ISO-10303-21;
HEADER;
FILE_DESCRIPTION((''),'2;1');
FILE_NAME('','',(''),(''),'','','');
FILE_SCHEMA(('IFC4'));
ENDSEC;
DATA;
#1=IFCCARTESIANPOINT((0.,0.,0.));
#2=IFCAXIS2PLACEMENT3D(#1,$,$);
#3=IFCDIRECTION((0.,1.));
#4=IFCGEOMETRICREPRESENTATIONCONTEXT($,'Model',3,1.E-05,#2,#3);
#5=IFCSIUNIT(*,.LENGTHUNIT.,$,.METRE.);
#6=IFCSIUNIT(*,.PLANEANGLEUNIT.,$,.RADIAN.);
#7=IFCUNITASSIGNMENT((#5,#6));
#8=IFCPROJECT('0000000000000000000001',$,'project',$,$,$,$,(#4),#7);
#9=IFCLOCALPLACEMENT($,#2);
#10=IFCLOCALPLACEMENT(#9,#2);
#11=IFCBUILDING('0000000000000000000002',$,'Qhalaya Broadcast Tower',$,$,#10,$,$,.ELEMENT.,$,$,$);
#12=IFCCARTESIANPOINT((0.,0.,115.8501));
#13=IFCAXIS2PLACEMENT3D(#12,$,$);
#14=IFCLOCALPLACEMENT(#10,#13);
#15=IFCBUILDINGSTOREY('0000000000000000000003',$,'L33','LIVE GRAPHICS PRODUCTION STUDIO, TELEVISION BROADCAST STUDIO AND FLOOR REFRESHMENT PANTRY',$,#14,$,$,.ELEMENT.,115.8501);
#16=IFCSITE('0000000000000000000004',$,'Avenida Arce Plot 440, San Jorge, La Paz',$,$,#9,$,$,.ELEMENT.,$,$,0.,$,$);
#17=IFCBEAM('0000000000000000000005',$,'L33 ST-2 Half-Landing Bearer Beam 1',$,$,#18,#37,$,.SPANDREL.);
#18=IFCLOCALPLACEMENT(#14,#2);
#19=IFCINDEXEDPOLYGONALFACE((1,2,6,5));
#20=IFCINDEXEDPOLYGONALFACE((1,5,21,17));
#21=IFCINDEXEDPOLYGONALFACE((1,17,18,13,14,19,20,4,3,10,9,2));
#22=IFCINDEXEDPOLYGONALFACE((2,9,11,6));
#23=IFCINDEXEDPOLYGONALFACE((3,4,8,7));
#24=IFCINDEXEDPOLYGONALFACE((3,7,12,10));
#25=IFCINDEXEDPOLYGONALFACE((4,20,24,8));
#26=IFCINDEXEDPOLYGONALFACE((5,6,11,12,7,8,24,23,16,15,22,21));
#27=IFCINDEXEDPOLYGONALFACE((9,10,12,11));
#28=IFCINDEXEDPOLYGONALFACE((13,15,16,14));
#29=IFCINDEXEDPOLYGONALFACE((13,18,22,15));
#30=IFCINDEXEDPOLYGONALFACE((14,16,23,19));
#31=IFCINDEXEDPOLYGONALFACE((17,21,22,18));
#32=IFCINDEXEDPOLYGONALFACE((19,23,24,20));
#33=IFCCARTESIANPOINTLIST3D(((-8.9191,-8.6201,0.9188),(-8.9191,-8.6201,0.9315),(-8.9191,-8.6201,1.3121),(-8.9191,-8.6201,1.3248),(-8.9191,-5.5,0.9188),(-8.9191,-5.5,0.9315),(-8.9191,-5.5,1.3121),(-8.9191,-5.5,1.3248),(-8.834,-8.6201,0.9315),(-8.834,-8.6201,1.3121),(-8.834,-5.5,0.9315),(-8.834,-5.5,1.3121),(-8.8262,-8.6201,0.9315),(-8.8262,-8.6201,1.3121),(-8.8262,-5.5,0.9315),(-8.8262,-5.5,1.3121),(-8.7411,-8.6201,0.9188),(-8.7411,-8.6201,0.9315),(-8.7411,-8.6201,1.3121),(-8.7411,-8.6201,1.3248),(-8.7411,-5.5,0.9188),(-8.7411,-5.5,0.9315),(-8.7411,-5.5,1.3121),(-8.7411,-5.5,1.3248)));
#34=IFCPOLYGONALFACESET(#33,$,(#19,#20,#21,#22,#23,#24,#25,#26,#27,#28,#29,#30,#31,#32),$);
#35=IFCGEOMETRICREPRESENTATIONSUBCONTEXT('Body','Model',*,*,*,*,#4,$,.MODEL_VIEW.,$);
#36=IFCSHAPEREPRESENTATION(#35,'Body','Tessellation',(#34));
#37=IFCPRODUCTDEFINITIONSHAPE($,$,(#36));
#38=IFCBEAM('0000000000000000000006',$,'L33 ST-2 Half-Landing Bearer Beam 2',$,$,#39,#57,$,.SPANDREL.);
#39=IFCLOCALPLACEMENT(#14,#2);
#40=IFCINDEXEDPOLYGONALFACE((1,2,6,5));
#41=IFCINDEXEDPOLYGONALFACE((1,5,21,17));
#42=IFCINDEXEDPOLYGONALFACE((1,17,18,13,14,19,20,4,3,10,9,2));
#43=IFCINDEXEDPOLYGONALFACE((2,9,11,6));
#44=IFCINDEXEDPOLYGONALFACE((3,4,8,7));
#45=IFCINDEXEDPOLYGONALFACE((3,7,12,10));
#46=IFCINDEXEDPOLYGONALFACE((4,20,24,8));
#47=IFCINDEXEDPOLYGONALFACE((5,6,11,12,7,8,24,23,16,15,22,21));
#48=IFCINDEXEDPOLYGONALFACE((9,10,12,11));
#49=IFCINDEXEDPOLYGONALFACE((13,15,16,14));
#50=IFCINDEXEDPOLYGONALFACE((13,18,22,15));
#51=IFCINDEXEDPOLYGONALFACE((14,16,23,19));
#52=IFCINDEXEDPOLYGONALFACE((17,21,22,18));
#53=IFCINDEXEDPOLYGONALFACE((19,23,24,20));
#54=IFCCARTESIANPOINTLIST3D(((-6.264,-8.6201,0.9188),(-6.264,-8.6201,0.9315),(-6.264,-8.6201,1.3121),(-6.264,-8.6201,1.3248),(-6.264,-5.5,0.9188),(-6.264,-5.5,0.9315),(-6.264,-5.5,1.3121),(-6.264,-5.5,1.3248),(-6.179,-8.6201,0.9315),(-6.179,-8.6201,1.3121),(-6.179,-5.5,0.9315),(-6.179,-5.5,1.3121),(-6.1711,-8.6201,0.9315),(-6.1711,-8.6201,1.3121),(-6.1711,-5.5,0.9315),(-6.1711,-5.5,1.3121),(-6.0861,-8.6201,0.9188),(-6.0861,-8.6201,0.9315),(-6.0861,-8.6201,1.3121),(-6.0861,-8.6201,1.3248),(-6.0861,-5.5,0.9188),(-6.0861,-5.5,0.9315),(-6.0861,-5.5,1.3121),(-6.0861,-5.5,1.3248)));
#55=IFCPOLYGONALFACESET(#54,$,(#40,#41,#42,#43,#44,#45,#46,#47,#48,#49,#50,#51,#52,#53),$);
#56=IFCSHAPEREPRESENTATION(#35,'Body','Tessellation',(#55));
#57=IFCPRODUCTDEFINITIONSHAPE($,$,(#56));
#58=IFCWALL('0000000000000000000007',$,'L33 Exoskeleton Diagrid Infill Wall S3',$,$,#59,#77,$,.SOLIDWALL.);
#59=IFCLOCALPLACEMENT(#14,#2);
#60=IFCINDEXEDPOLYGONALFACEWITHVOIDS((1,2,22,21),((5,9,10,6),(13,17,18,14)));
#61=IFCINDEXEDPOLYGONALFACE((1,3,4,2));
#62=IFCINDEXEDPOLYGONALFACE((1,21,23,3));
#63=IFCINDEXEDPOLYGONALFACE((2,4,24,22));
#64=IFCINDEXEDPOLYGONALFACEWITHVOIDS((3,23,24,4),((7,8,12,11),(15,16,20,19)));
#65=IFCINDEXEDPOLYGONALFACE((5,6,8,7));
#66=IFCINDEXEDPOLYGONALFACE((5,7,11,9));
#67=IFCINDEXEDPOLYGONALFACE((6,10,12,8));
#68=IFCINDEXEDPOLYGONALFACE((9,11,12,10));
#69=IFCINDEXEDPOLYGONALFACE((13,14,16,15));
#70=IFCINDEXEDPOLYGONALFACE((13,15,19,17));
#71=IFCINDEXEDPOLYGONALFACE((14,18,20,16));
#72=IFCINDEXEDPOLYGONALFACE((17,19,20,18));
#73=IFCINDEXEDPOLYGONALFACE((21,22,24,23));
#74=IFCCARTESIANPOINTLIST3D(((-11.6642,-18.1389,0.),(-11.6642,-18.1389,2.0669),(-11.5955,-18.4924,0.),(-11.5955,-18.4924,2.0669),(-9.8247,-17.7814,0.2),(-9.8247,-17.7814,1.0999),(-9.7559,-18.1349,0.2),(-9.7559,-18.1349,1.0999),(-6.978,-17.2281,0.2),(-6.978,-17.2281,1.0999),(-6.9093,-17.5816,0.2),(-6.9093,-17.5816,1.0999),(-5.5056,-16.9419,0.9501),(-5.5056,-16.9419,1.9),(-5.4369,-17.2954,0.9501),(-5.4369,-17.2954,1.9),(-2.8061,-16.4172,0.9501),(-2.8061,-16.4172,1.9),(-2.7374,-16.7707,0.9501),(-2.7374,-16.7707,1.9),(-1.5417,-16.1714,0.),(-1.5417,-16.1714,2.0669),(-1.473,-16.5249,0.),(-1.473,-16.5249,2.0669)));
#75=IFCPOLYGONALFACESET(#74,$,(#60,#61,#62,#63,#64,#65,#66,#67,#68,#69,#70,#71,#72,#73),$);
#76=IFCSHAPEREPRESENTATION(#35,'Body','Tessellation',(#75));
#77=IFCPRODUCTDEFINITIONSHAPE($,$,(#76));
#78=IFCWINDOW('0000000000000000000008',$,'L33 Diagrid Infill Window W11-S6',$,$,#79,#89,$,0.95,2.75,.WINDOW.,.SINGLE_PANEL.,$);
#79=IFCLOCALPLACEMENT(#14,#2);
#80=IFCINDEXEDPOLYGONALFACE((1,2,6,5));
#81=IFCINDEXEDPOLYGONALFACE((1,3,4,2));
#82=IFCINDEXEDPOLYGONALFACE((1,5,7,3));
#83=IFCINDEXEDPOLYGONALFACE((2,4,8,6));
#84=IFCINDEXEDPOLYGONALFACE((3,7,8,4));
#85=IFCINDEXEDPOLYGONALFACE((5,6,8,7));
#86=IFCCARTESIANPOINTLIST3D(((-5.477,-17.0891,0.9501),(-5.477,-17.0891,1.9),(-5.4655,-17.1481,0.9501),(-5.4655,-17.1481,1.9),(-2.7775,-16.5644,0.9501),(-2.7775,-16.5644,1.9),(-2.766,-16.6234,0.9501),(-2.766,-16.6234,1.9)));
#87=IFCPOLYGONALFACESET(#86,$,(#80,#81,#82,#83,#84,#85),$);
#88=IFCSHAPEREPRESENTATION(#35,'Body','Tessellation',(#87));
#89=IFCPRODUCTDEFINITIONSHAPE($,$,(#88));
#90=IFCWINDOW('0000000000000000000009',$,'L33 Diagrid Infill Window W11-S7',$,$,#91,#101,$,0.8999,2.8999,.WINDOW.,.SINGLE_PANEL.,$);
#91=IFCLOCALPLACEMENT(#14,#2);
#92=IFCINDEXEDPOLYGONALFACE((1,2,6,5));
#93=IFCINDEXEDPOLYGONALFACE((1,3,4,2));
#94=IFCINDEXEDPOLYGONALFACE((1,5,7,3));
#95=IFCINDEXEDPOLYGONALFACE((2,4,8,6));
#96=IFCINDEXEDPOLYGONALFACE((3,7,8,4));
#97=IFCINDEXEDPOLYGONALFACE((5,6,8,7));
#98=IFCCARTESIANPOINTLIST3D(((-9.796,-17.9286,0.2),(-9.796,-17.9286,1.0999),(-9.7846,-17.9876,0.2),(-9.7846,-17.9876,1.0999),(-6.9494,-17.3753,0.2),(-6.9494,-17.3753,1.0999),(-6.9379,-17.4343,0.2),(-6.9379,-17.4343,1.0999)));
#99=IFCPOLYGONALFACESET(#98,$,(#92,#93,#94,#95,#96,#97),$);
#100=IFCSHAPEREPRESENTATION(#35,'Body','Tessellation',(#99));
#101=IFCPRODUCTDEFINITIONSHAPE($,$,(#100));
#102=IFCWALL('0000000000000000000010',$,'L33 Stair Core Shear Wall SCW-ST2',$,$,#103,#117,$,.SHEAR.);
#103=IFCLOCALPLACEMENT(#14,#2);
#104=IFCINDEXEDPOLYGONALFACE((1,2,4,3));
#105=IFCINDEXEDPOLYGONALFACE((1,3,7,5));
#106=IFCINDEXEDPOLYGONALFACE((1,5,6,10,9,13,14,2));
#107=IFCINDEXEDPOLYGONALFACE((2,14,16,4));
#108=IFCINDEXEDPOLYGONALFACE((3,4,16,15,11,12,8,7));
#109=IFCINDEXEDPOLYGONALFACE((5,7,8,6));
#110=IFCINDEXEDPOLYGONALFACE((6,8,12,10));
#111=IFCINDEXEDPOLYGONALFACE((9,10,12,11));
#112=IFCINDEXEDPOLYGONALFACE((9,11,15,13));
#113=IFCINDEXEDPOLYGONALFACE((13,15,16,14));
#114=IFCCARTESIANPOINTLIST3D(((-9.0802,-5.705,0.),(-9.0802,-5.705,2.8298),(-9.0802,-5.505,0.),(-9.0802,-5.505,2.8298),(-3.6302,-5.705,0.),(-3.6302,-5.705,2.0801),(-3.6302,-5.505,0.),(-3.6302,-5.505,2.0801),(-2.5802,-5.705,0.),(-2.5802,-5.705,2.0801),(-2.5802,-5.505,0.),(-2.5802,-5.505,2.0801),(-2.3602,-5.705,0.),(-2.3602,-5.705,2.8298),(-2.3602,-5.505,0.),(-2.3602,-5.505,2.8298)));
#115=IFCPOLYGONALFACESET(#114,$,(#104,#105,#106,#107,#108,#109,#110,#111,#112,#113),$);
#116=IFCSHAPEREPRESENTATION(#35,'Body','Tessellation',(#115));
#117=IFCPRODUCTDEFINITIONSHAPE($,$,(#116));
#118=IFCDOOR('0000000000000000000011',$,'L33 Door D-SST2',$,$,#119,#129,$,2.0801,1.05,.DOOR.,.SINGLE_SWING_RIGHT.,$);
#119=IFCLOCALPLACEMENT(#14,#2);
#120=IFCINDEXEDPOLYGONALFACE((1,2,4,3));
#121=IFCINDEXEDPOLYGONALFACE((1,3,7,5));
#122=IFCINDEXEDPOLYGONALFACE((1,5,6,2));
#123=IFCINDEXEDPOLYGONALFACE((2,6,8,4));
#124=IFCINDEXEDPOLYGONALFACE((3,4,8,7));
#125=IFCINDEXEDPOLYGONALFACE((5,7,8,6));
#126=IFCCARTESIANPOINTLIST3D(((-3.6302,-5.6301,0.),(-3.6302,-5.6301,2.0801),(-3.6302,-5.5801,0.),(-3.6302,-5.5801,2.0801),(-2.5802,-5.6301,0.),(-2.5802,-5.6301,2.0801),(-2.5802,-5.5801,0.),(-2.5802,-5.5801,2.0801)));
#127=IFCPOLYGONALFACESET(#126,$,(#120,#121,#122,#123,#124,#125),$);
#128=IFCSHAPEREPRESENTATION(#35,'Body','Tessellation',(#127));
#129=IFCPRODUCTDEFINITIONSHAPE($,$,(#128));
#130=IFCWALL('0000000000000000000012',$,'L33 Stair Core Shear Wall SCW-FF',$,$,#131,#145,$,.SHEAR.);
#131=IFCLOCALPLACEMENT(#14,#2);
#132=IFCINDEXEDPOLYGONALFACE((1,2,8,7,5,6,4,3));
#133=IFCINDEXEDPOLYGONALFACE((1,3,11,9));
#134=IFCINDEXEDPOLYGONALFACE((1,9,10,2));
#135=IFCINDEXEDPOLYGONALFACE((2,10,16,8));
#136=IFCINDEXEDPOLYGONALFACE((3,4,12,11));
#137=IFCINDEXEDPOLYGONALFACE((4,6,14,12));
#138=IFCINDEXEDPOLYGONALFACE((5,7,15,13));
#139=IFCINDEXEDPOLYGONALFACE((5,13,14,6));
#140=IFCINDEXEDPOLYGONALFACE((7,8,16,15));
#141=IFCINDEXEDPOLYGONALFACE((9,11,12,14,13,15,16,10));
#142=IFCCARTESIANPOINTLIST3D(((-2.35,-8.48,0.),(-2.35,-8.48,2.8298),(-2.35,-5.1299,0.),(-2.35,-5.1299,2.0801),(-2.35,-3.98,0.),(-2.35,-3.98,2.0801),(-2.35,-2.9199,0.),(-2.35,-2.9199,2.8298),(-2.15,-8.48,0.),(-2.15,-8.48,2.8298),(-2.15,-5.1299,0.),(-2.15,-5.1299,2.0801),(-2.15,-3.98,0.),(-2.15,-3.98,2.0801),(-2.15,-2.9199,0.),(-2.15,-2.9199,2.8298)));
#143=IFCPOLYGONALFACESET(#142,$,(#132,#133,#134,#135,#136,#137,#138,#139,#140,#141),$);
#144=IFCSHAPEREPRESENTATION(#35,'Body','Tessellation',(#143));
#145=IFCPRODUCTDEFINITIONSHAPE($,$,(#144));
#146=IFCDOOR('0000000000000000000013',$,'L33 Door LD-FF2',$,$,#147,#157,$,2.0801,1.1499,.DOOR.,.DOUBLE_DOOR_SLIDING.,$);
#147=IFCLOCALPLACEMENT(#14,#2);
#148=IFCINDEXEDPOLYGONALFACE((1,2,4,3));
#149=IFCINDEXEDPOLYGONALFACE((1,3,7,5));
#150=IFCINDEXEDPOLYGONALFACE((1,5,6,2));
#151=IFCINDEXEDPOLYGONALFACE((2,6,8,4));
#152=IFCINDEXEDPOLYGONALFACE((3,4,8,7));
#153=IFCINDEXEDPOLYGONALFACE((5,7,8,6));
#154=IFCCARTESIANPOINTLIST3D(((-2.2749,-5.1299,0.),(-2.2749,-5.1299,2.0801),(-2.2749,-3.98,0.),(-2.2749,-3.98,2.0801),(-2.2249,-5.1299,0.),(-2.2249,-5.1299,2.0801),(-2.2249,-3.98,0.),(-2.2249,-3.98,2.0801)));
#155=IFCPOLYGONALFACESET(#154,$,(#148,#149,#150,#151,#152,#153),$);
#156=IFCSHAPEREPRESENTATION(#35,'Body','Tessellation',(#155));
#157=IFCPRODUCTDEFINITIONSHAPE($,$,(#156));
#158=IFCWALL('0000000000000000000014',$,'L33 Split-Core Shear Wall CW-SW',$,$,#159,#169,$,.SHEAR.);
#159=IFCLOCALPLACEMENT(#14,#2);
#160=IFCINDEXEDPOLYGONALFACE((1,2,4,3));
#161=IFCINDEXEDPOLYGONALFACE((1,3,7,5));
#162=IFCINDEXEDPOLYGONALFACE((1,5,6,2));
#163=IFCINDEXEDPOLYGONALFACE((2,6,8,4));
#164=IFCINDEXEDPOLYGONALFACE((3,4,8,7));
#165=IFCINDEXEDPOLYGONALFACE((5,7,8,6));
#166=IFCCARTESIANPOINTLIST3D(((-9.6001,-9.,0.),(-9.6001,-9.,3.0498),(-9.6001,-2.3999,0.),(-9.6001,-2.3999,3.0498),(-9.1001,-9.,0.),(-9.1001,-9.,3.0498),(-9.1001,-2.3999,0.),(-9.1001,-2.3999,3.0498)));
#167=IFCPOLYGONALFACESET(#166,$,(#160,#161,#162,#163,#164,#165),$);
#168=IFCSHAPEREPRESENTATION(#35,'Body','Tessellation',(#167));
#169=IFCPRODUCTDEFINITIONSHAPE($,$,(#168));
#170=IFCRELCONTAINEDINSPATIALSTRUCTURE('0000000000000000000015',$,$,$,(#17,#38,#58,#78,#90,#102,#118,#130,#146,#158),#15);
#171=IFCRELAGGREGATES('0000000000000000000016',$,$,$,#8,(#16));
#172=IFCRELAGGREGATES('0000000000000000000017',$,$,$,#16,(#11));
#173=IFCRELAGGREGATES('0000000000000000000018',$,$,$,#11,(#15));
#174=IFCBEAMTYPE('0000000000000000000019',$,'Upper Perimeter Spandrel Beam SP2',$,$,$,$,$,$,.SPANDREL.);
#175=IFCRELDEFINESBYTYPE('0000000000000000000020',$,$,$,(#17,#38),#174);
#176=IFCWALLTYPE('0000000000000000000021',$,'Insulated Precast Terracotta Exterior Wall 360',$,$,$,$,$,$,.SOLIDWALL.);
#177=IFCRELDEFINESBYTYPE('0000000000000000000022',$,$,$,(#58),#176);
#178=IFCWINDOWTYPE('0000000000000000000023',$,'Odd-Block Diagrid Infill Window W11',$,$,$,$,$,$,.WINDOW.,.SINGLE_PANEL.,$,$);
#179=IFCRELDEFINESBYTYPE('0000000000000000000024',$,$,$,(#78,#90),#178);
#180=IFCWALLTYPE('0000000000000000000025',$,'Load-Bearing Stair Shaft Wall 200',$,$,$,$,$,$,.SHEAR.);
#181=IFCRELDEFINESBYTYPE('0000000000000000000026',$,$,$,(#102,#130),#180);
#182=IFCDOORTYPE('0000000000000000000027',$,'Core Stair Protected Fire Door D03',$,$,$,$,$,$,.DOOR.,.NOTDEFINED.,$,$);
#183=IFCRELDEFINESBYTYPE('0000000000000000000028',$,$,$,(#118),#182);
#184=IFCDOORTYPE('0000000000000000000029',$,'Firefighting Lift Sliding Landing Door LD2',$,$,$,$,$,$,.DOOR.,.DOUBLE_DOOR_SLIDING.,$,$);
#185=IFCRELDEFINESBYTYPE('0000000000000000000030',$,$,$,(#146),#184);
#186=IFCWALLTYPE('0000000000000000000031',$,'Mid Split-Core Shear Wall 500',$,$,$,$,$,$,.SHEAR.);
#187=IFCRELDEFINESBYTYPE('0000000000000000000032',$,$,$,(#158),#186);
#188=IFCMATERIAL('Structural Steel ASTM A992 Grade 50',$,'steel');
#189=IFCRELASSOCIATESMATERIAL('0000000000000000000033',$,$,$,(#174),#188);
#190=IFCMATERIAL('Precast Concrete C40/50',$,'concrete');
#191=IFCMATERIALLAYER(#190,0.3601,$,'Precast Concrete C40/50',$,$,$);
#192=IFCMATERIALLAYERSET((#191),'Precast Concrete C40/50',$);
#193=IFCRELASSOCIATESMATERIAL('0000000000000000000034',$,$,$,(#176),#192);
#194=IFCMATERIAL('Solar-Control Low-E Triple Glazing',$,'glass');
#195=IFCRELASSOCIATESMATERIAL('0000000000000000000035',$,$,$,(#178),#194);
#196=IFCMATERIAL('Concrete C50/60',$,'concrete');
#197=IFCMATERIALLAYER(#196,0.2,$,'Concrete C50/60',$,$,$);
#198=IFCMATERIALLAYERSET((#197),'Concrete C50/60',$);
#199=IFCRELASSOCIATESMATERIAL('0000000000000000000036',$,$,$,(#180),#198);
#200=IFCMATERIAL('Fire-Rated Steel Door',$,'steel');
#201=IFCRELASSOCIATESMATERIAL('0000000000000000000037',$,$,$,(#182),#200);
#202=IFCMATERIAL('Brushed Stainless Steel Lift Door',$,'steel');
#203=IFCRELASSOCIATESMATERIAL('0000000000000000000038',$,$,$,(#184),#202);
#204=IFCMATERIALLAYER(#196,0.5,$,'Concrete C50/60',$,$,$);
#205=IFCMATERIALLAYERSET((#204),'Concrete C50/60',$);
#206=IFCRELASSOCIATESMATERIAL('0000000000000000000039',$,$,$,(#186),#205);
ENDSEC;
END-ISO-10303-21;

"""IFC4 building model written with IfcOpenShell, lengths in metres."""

from ifc_helpers import new_model, si_unit, direction, frame, frame_2d, origin, origin_2d, place, context, subcontext, project, spatial, rectangle, i_section, extrude, material, layer, layer_set, material_profile, profile_set, type_object, element, fill, save


model = new_model("IFC4")

# Units and contexts
model_context = context("Model", 3, precision=1e-05, world=origin(), true_north=direction((0.0, 1.0)))
body_context = subcontext(model_context, "Body", "Model", "MODEL_VIEW")
ifc_project = project(units=[si_unit("LENGTHUNIT", "METRE"), si_unit("PLANEANGLEUNIT", "RADIAN")], contexts=[model_context])

# Site, building, storey
site_placement = place(None, origin())
site = spatial("IfcSite", under=ifc_project, at=site_placement, Name="Avenida Arce Plot 440, San Jorge, La Paz", CompositionType="ELEMENT", RefElevation=0.0)
building_placement = place(site_placement, origin())
building = spatial("IfcBuilding", under=site, at=building_placement, Name="Qhalaya Broadcast Tower", CompositionType="ELEMENT")
storey_placement = place(building_placement, frame((0.0, 0.0, 115.8501)))
storey = spatial("IfcBuildingStorey", under=building, at=storey_placement, Name="L33", Description="LIVE GRAPHICS PRODUCTION STUDIO, TELEVISION BROADCAST STUDIO AND FLOOR REFRESHMENT PANTRY", CompositionType="ELEMENT", Elevation=115.8501)

# Shared definitions
ifc_material_1 = material(Name="Concrete C50/60", Category="concrete")

# Beams
ifc_material_2 = material(Name="Structural Steel ASTM A992 Grade 50", Category="steel")
ifc_material_profile_1 = material_profile(ifc_material_2, i_section(OverallWidth=0.178, OverallDepth=0.406, WebThickness=0.0078, FlangeThickness=0.0127, at=origin_2d()), Name="W16X40")
ifc_profile_set_1 = profile_set([ifc_material_profile_1], Name="Structural Steel ASTM A992 Grade 50")
beam_type_1 = type_object("IfcBeamType", Name="Upper Perimeter Spandrel Beam SP2", PredefinedType="SPANDREL", material=ifc_profile_set_1)
for number, where, z_axis, x_axis, name in (
    (1, (-8.8301, -8.6201, 1.1218), (0.0, 1.0, 0.0), (-1.0, 0.0, 0.0), "L33 ST-2 Half-Landing Bearer Beam 1"),
    (2, (-6.175, -8.6201, 1.1218), (0.0, 1.0, 0.0), (-1.0, 0.0, 0.0), "L33 ST-2 Half-Landing Bearer Beam 2"),
):
    element("IfcBeam", number, at=place(storey_placement, frame(where, z_axis=z_axis, x_axis=x_axis)), inside=storey, type_object=beam_type_1, Name=name, PredefinedType="SPANDREL", context=body_context, shape_type="SweptSolid", body=[
        extrude(i_section(OverallWidth=0.178, OverallDepth=0.406, WebThickness=0.0078, FlangeThickness=0.0127, at=origin_2d()), origin(), (0.0, 0.0, 1.0), 3.1201),
    ])

# Wall, openings, windows
ifc_material_3 = material(Name="Precast Concrete C40/50", Category="concrete")
ifc_layer_1 = layer(ifc_material_3, 0.3601, Name="Precast Concrete C40/50")
ifc_layer_set_1 = layer_set([ifc_layer_1], Name="Precast Concrete C40/50")
wall_type_1 = type_object("IfcWallType", Name="Insulated Precast Terracotta Exterior Wall 360", PredefinedType="SOLIDWALL", material=ifc_layer_set_1)
wall_1_placement = place(storey_placement, frame((-1.5073, -16.3481, 0.0), z_axis=(0.0, 0.0, 1.0), x_axis=(-0.981629, -0.1908, 0.0)))
wall_1 = element("IfcWall", 3, at=wall_1_placement, inside=storey, type_object=wall_type_1, Name="L33 Exoskeleton Diagrid Infill Wall S3", PredefinedType="SOLIDWALL", context=body_context, shape_type="SweptSolid", body=[
    extrude(rectangle(XDim=10.312, YDim=0.3601, at=frame_2d((5.156, 0.0))), origin(), (0.0, 0.0, 1.0), 2.0669),
])
opening_1_placement = place(wall_1_placement, frame((1.2881, 0.0, 0.95)))
opening_1 = element("IfcOpeningElement", 4, at=opening_1_placement, cuts=wall_1, PredefinedType="OPENING", context=body_context, shape_type="SweptSolid", body=[
    extrude(rectangle(XDim=2.75, YDim=0.95, at=frame_2d((1.375, 0.4751))), frame((0.0, 0.1921, 0.0), z_axis=(0.0, -1.0, 0.0), x_axis=(1.0, 0.0, 0.0)), (0.0, 0.0, 1.0), 0.384),
])
opening_2_placement = place(wall_1_placement, frame((5.5381, 0.0, 0.2)))
opening_2 = element("IfcOpeningElement", 5, at=opening_2_placement, cuts=wall_1, PredefinedType="OPENING", context=body_context, shape_type="SweptSolid", body=[
    extrude(rectangle(XDim=2.8999, YDim=0.8999, at=frame_2d((1.45, 0.45))), frame((0.0, 0.1921, 0.0), z_axis=(0.0, -1.0, 0.0), x_axis=(1.0, 0.0, 0.0)), (0.0, 0.0, 1.0), 0.384),
])
ifc_material_4 = material(Name="Solar-Control Low-E Triple Glazing", Category="glass")
window_type = type_object("IfcWindowType", Name="Odd-Block Diagrid Infill Window W11", PartitioningType="SINGLE_PANEL", PredefinedType="WINDOW", material=ifc_material_4)
window_1_placement = place(opening_1_placement, origin())
window_1 = element("IfcWindow", 6, at=window_1_placement, inside=storey, type_object=window_type, Name="L33 Diagrid Infill Window W11-S6", OverallHeight=0.95, OverallWidth=2.75, PartitioningType="SINGLE_PANEL", PredefinedType="WINDOW", context=body_context, shape_type="SweptSolid", body=[
    extrude(rectangle(XDim=2.75, YDim=0.95, at=frame_2d((1.375, 0.4751))), frame((0.0, 0.03, 0.0), z_axis=(0.0, -1.0, 0.0), x_axis=(1.0, 0.0, 0.0)), (0.0, 0.0, 1.0), 0.0601),
])
fill(opening_1, window_1)
window_2_placement = place(opening_2_placement, origin())
window_2 = element("IfcWindow", 7, at=window_2_placement, inside=storey, type_object=window_type, Name="L33 Diagrid Infill Window W11-S7", OverallHeight=0.8999, OverallWidth=2.8999, PartitioningType="SINGLE_PANEL", PredefinedType="WINDOW", context=body_context, shape_type="SweptSolid", body=[
    extrude(rectangle(XDim=2.8999, YDim=0.8999, at=frame_2d((1.45, 0.45))), frame((0.0, 0.03, 0.0), z_axis=(0.0, -1.0, 0.0), x_axis=(1.0, 0.0, 0.0)), (0.0, 0.0, 1.0), 0.0601),
])
fill(opening_2, window_2)

# Walls, openings, doors
ifc_layer_2 = layer(ifc_material_1, 0.2, Name="Concrete C50/60")
ifc_layer_set_2 = layer_set([ifc_layer_2], Name="Concrete C50/60")
wall_type_2 = type_object("IfcWallType", Name="Load-Bearing Stair Shaft Wall 200", PredefinedType="SHEAR", material=ifc_layer_set_2)
wall_2_placement = place(storey_placement, frame((-9.0801, -5.605, 0.0), z_axis=(0.0, 0.0, 1.0), x_axis=(1.0, 0.0, 0.0)))
wall_2 = element("IfcWall", 8, at=wall_2_placement, inside=storey, type_object=wall_type_2, Name="L33 Stair Core Shear Wall SCW-ST2", PredefinedType="SHEAR", context=body_context, shape_type="SweptSolid", body=[
    extrude(rectangle(XDim=6.72, YDim=0.2, at=frame_2d((3.3599, 0.0))), origin(), (0.0, 0.0, 1.0), 2.8298),
])
opening_3_placement = place(wall_2_placement, frame((5.45, 0.0, 0.0)))
opening_3 = element("IfcOpeningElement", 9, at=opening_3_placement, cuts=wall_2, PredefinedType="OPENING", context=body_context, shape_type="SweptSolid", body=[
    extrude(rectangle(XDim=1.05, YDim=2.0801, at=frame_2d((0.5249, 1.04))), frame((0.0, 0.1121, 0.0), z_axis=(0.0, -1.0, 0.0), x_axis=(1.0, 0.0, 0.0)), (0.0, 0.0, 1.0), 0.2239),
])
ifc_material_5 = material(Name="Fire-Rated Steel Door", Category="steel")
door_type_1 = type_object("IfcDoorType", Name="Core Stair Protected Fire Door D03", OperationType="NOTDEFINED", PredefinedType="DOOR", material=ifc_material_5)
door_1_placement = place(opening_3_placement, origin())
door_1 = element("IfcDoor", 10, at=door_1_placement, inside=storey, type_object=door_type_1, Name="L33 Door D-SST2", OperationType="SINGLE_SWING_RIGHT", OverallHeight=2.0801, OverallWidth=1.05, PredefinedType="DOOR", context=body_context, shape_type="SweptSolid", body=[
    extrude(rectangle(XDim=1.05, YDim=2.0801, at=frame_2d((0.5249, 1.04))), frame((0.0, 0.0249, 0.0), z_axis=(0.0, -1.0, 0.0), x_axis=(1.0, 0.0, 0.0)), (0.0, 0.0, 1.0), 0.05),
])
fill(opening_3, door_1)
wall_3_placement = place(storey_placement, frame((-2.25, -8.48, 0.0), z_axis=(0.0, 0.0, 1.0), x_axis=(0.0, 1.0, 0.0)))
wall_3 = element("IfcWall", 11, at=wall_3_placement, inside=storey, type_object=wall_type_2, Name="L33 Stair Core Shear Wall SCW-FF", PredefinedType="SHEAR", context=body_context, shape_type="SweptSolid", body=[
    extrude(rectangle(XDim=5.5601, YDim=0.2, at=frame_2d((2.78, 0.0))), origin(), (0.0, 0.0, 1.0), 2.8298),
])
opening_4_placement = place(wall_3_placement, frame((3.3501, 0.0, 0.0)))
opening_4 = element("IfcOpeningElement", 12, at=opening_4_placement, cuts=wall_3, PredefinedType="OPENING", context=body_context, shape_type="SweptSolid", body=[
    extrude(rectangle(XDim=1.1499, YDim=2.0801, at=frame_2d((0.575, 1.04))), frame((0.0, 0.1121, 0.0), z_axis=(0.0, -1.0, 0.0), x_axis=(1.0, 0.0, 0.0)), (0.0, 0.0, 1.0), 0.2239),
])
ifc_material_6 = material(Name="Brushed Stainless Steel Lift Door", Category="steel")
door_type_2 = type_object("IfcDoorType", Name="Firefighting Lift Sliding Landing Door LD2", OperationType="DOUBLE_DOOR_SLIDING", PredefinedType="DOOR", material=ifc_material_6)
door_2_placement = place(opening_4_placement, origin())
door_2 = element("IfcDoor", 13, at=door_2_placement, inside=storey, type_object=door_type_2, Name="L33 Door LD-FF2", OperationType="DOUBLE_DOOR_SLIDING", OverallHeight=2.0801, OverallWidth=1.1499, PredefinedType="DOOR", context=body_context, shape_type="SweptSolid", body=[
    extrude(rectangle(XDim=1.1499, YDim=2.0801, at=frame_2d((0.575, 1.04))), frame((0.0, 0.0249, 0.0), z_axis=(0.0, -1.0, 0.0), x_axis=(1.0, 0.0, 0.0)), (0.0, 0.0, 1.0), 0.05),
])
fill(opening_4, door_2)

# Wall
ifc_layer_3 = layer(ifc_material_1, 0.5, Name="Concrete C50/60")
ifc_layer_set_3 = layer_set([ifc_layer_3], Name="Concrete C50/60")
wall_type_3 = type_object("IfcWallType", Name="Mid Split-Core Shear Wall 500", PredefinedType="SHEAR", material=ifc_layer_set_3)
wall_4_placement = place(storey_placement, frame((-9.3501, -9.0, 0.0), z_axis=(0.0, 0.0, 1.0), x_axis=(0.0, 1.0, 0.0)))
element("IfcWall", 14, at=wall_4_placement, inside=storey, type_object=wall_type_3, Name="L33 Split-Core Shear Wall CW-SW", PredefinedType="SHEAR", context=body_context, shape_type="SweptSolid", body=[
    extrude(rectangle(XDim=6.6001, YDim=0.5, at=frame_2d((3.3, 0.0))), origin(), (0.0, 0.0, 1.0), 3.0498),
])

save(model, "model.ifc")
